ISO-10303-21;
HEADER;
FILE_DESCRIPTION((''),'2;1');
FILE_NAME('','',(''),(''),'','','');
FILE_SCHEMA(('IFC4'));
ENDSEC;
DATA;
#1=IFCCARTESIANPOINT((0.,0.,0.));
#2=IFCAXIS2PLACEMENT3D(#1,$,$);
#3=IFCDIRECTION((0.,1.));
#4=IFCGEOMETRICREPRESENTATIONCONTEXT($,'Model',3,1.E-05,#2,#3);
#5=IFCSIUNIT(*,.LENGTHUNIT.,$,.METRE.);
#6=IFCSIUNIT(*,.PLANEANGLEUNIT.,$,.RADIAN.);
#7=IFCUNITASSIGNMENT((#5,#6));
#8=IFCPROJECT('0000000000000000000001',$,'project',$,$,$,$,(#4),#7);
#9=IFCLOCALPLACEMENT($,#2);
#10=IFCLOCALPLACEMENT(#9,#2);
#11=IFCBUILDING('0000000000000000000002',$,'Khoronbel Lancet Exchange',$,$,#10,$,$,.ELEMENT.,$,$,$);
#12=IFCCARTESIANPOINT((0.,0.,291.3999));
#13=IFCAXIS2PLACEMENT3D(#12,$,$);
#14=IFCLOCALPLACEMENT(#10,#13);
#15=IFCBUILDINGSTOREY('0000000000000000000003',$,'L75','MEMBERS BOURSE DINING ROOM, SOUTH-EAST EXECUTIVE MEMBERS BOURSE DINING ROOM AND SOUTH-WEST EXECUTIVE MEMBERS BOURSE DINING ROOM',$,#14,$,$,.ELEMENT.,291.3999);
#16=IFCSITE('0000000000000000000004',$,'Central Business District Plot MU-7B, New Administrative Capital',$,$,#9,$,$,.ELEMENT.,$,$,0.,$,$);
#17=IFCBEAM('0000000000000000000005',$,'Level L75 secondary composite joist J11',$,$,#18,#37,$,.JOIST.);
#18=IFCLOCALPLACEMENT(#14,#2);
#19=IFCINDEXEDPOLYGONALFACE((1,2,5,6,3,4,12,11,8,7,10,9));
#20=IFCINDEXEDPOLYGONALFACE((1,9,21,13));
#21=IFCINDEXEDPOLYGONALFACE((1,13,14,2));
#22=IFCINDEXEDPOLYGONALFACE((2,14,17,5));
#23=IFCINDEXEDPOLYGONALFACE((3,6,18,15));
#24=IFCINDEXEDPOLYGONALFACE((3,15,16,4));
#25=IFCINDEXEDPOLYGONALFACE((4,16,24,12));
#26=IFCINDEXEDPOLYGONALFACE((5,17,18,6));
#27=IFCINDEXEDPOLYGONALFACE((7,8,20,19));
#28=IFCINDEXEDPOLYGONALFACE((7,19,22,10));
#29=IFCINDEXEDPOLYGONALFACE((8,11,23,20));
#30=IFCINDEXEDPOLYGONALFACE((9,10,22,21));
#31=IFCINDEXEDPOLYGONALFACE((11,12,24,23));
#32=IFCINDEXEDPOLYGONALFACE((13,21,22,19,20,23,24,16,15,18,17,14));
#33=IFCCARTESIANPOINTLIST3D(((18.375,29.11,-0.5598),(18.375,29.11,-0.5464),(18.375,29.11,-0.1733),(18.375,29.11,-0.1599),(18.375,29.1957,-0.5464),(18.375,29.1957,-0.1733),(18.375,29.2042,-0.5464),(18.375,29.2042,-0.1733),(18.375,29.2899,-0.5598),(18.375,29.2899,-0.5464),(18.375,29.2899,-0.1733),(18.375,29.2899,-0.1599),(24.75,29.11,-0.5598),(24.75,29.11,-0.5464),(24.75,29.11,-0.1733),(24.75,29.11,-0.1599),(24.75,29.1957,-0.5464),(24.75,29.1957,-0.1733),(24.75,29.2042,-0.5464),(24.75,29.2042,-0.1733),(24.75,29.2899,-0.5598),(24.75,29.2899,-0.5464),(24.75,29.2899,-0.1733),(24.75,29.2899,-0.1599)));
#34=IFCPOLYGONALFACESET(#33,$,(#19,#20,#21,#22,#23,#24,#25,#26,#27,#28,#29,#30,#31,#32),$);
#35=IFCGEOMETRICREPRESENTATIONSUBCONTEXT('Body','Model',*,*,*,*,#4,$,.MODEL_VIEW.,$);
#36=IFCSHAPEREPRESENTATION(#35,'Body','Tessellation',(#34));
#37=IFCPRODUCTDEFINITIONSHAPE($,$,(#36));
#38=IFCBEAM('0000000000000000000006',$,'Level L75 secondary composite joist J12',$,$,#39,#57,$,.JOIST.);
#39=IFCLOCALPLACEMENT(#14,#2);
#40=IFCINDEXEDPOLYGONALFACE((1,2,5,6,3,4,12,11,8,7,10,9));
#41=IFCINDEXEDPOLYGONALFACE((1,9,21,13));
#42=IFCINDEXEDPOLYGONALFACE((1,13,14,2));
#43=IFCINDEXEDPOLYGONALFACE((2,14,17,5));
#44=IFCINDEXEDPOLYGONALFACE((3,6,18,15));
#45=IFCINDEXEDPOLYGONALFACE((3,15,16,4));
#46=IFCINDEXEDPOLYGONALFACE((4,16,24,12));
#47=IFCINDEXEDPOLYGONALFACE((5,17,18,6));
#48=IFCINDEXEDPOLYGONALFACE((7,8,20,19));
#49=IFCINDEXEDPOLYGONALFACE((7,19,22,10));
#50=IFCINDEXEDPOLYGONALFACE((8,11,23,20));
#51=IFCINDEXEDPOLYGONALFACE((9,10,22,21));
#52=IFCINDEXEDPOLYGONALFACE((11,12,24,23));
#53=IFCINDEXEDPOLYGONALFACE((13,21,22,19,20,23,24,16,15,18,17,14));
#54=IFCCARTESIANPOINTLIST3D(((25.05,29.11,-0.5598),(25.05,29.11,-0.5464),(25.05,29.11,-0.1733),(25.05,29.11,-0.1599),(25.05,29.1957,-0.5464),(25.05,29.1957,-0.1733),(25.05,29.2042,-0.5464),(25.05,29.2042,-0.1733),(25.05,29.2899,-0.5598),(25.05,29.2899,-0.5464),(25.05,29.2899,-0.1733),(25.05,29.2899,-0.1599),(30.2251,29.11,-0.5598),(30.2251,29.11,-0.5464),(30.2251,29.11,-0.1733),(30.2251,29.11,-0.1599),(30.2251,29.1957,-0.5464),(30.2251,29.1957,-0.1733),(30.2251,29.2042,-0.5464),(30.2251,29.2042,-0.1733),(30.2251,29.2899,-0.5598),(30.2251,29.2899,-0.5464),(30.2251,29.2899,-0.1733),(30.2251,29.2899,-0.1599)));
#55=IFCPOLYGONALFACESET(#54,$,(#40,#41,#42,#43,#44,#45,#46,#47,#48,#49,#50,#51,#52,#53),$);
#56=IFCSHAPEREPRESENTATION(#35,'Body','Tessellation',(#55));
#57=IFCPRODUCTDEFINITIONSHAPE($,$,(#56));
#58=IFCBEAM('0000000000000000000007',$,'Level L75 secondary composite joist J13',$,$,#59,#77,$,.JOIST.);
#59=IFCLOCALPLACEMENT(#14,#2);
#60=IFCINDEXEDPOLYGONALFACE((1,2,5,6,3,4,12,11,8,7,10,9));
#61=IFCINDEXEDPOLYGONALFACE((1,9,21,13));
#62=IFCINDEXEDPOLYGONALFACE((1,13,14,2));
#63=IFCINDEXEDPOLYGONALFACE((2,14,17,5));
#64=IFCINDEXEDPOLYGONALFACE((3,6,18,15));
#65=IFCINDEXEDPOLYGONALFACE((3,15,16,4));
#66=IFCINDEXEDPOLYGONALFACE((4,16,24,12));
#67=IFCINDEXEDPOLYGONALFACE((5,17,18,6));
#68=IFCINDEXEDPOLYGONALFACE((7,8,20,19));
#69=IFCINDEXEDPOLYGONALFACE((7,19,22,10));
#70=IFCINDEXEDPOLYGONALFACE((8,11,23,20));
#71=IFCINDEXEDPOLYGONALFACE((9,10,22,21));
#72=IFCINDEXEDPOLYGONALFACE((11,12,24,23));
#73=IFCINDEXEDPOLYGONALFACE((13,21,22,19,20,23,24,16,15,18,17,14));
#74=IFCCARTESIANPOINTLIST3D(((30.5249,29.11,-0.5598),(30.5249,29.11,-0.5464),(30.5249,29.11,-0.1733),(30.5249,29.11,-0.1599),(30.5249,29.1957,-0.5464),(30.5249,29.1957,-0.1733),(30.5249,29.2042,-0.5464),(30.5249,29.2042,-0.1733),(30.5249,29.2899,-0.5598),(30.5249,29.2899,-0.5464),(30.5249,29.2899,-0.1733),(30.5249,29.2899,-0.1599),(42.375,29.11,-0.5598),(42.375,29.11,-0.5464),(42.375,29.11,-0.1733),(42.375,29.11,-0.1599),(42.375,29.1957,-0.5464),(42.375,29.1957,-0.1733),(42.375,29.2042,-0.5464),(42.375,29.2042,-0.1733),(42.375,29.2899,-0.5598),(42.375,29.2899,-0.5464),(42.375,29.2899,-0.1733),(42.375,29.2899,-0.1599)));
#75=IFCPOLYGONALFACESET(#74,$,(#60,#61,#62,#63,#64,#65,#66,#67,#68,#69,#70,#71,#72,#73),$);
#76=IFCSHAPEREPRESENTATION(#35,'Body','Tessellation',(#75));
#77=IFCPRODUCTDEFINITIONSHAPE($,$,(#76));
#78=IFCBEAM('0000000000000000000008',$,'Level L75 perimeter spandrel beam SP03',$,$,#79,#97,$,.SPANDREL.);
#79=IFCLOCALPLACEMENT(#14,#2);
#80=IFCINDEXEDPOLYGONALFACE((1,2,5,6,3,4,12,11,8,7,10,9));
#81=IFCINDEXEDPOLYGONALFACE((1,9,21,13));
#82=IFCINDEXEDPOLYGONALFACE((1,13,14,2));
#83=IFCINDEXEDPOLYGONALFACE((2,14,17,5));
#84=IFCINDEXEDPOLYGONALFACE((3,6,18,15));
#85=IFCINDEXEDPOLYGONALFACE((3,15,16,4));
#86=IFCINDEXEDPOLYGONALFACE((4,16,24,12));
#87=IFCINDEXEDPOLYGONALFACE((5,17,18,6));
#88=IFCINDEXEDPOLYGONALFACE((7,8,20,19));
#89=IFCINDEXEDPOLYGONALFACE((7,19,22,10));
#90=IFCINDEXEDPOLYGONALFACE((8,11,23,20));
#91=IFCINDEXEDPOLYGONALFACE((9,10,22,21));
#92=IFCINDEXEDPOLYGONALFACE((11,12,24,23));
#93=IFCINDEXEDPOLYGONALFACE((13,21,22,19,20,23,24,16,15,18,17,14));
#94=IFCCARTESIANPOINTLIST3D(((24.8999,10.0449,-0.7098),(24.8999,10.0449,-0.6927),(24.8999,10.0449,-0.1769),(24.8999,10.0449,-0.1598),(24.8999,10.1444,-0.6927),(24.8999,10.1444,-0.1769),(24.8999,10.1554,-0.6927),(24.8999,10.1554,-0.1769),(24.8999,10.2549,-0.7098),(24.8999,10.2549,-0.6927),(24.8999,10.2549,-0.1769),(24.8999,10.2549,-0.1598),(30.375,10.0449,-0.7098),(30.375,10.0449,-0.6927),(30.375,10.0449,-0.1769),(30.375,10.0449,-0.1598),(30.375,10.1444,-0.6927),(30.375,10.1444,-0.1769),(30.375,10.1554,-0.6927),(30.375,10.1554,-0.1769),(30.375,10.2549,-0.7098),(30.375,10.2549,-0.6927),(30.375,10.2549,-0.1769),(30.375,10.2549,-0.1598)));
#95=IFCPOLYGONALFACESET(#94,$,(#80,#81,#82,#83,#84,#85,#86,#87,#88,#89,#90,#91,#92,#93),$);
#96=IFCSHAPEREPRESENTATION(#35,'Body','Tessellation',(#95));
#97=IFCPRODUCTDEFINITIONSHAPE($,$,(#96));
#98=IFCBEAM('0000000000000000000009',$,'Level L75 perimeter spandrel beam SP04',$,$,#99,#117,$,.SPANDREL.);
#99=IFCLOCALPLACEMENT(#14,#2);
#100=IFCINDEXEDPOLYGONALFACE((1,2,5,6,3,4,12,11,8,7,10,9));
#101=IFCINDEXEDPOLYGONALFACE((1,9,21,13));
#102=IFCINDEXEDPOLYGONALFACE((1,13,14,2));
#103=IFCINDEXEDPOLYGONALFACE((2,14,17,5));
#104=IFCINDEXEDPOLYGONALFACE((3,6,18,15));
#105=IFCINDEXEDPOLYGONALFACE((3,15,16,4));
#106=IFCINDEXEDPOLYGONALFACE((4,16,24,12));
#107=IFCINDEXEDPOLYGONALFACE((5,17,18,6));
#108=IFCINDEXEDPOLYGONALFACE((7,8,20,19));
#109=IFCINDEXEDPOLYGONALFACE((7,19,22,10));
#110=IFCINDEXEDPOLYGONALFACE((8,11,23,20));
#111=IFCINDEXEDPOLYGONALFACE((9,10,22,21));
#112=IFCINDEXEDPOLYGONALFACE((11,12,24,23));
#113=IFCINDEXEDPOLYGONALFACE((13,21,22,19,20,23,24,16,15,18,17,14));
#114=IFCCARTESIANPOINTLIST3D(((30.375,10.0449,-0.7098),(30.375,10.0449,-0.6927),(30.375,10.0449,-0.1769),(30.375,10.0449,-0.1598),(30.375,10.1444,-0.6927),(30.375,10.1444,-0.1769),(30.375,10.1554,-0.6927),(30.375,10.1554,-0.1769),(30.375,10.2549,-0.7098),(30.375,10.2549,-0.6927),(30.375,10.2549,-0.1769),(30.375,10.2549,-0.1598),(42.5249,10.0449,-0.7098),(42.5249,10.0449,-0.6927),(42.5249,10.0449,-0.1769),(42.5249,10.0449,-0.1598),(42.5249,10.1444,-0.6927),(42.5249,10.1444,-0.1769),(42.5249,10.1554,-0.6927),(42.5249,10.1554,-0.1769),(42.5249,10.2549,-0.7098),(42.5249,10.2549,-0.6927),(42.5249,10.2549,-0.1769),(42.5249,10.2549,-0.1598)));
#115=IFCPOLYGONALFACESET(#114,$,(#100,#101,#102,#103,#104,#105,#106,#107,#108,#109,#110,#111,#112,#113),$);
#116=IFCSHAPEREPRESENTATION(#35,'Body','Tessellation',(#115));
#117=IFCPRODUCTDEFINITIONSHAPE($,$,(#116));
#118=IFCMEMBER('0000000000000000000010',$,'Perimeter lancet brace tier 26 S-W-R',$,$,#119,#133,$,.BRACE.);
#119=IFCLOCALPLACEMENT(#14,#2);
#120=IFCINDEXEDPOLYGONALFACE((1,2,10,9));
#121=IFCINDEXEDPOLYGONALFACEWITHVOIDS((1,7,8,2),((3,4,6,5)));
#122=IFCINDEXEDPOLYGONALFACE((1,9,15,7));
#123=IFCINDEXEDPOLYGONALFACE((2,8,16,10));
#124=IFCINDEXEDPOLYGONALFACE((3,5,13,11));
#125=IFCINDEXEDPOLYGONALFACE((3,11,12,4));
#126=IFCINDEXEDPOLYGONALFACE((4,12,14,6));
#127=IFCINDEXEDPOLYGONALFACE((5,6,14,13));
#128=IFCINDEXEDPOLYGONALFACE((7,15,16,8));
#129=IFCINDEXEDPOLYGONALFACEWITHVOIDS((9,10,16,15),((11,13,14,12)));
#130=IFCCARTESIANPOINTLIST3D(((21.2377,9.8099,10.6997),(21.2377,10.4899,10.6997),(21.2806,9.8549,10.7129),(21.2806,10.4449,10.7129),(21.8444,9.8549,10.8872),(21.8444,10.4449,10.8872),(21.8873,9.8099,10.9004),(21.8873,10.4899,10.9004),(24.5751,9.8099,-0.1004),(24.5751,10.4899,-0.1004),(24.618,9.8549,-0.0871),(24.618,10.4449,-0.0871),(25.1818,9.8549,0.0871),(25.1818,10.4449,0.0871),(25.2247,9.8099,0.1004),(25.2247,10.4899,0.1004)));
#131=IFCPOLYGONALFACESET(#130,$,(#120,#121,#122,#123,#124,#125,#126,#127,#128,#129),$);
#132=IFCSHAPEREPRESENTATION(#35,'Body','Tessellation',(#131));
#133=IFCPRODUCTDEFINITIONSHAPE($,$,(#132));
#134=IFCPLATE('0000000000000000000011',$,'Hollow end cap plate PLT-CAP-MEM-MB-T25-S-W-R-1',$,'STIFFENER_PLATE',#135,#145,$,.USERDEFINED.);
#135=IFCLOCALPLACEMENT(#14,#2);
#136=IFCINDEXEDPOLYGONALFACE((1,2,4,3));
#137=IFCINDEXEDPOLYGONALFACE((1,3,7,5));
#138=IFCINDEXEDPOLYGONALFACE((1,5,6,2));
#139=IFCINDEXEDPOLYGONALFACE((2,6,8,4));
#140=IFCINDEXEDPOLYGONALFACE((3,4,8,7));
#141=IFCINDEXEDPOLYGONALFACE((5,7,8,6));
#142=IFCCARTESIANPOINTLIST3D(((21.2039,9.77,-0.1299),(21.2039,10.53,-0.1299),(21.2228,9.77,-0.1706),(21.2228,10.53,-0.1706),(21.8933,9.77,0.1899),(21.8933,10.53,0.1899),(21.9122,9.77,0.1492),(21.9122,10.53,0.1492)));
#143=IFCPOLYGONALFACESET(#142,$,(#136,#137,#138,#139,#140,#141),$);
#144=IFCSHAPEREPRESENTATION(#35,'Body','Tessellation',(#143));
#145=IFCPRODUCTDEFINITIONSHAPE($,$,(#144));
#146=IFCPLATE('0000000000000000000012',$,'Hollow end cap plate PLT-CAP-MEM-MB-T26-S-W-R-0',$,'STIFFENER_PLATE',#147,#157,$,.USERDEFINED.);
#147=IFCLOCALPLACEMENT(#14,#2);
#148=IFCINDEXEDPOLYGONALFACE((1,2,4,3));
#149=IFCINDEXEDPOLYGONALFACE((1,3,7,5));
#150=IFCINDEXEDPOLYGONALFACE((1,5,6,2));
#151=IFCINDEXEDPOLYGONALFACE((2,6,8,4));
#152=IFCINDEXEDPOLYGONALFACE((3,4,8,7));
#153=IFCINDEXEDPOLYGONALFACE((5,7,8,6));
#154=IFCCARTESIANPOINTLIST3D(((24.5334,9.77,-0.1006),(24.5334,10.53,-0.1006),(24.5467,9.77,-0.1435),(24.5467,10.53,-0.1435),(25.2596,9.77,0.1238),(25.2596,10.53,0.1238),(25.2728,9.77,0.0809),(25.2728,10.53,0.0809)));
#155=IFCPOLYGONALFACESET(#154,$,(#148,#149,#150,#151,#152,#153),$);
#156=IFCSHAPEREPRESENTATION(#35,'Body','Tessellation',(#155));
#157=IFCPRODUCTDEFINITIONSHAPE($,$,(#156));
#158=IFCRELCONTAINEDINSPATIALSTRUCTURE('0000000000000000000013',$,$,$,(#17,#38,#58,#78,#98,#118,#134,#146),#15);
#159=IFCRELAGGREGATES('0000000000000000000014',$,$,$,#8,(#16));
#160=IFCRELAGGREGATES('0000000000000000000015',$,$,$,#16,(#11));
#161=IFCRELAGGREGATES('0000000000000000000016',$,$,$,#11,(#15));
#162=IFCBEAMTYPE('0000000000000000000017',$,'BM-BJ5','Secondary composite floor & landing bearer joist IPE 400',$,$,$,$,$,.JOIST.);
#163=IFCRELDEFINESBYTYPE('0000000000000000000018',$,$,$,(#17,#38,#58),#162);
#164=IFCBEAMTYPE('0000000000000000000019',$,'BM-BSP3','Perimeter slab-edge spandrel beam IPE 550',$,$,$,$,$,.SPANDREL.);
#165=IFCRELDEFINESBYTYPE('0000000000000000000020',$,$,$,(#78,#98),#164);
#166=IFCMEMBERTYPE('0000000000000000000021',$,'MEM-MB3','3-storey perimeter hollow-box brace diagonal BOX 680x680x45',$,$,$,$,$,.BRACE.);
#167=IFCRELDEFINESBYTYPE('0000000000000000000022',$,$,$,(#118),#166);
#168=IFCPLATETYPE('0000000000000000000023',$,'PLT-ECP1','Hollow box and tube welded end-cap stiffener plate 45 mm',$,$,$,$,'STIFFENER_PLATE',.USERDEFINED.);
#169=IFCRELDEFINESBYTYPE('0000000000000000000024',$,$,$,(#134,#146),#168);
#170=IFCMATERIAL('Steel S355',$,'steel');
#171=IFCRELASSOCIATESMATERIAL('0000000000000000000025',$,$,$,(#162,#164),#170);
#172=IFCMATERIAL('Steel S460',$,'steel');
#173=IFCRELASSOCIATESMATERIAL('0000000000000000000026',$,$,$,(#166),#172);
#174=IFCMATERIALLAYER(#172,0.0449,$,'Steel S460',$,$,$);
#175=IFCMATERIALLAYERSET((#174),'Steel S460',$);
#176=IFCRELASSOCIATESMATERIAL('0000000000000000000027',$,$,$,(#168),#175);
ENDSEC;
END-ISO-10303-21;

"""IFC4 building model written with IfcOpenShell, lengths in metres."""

from ifc_helpers import new_model, si_unit, direction, frame, origin, origin_2d, place, context, subcontext, project, spatial, polyline, hollow_rectangle, i_section, outline, extrude, material, layer, layer_set, material_profile, profile_set, type_object, element, save


model = new_model("IFC4")

# Units and contexts
model_context = context("Model", 3, precision=1e-05, world=origin(), true_north=direction((0.0, 1.0)))
body_context = subcontext(model_context, "Body", "Model", "MODEL_VIEW")
ifc_project = project(units=[si_unit("LENGTHUNIT", "METRE"), si_unit("PLANEANGLEUNIT", "RADIAN")], contexts=[model_context])

# Site, building, storey
site_placement = place(None, origin())
site = spatial("IfcSite", under=ifc_project, at=site_placement, Name="Central Business District Plot MU-7B, New Administrative Capital", CompositionType="ELEMENT", RefElevation=0.0)
building_placement = place(site_placement, origin())
building = spatial("IfcBuilding", under=site, at=building_placement, Name="Khoronbel Lancet Exchange", CompositionType="ELEMENT")
storey_placement = place(building_placement, frame((0.0, 0.0, 291.3999)))
storey = spatial("IfcBuildingStorey", under=building, at=storey_placement, Name="L75", Description="MEMBERS BOURSE DINING ROOM, SOUTH-EAST EXECUTIVE MEMBERS BOURSE DINING ROOM AND SOUTH-WEST EXECUTIVE MEMBERS BOURSE DINING ROOM", CompositionType="ELEMENT", Elevation=291.3999)

# Shared definitions
ifc_material_1 = material(Name="Steel S460", Category="steel")

# Beams
ifc_material_2 = material(Name="Steel S355", Category="steel")
ifc_material_profile_1 = material_profile(ifc_material_2, i_section(OverallWidth=0.1799, OverallDepth=0.3999, WebThickness=0.0085, FlangeThickness=0.0134, at=origin_2d()), Name="IPE 400")
ifc_profile_set_1 = profile_set([ifc_material_profile_1], Name="Steel S355")
beam_type_1 = type_object("IfcBeamType", Name="BM-BJ5", Description="Secondary composite floor & landing bearer joist IPE 400", PredefinedType="JOIST", material=ifc_profile_set_1)
beam_1_placement = place(storey_placement, frame((18.375, 29.2, -0.3599), z_axis=(1.0, 0.0, 0.0), x_axis=(0.0, 1.0, 0.0)))
element("IfcBeam", 1, at=beam_1_placement, inside=storey, type_object=beam_type_1, Name="Level L75 secondary composite joist J11", PredefinedType="JOIST", context=body_context, shape_type="SweptSolid", body=[
    extrude(i_section(OverallWidth=0.1799, OverallDepth=0.3999, WebThickness=0.0085, FlangeThickness=0.0134, at=origin_2d()), origin(), (0.0, 0.0, 1.0), 6.375),
])
beam_2_placement = place(storey_placement, frame((25.05, 29.2, -0.3599), z_axis=(1.0, 0.0, 0.0), x_axis=(0.0, 1.0, 0.0)))
element("IfcBeam", 2, at=beam_2_placement, inside=storey, type_object=beam_type_1, Name="Level L75 secondary composite joist J12", PredefinedType="JOIST", context=body_context, shape_type="SweptSolid", body=[
    extrude(i_section(OverallWidth=0.1799, OverallDepth=0.3999, WebThickness=0.0085, FlangeThickness=0.0134, at=origin_2d()), origin(), (0.0, 0.0, 1.0), 5.175),
])
beam_3_placement = place(storey_placement, frame((30.5249, 29.2, -0.3599), z_axis=(1.0, 0.0, 0.0), x_axis=(0.0, 1.0, 0.0)))
element("IfcBeam", 3, at=beam_3_placement, inside=storey, type_object=beam_type_1, Name="Level L75 secondary composite joist J13", PredefinedType="JOIST", context=body_context, shape_type="SweptSolid", body=[
    extrude(i_section(OverallWidth=0.1799, OverallDepth=0.3999, WebThickness=0.0085, FlangeThickness=0.0134, at=origin_2d()), origin(), (0.0, 0.0, 1.0), 11.8501),
])
ifc_material_profile_2 = material_profile(ifc_material_2, i_section(OverallWidth=0.21, OverallDepth=0.55, WebThickness=0.011, FlangeThickness=0.0171, at=origin_2d()), Name="IPE 550")
ifc_profile_set_2 = profile_set([ifc_material_profile_2], Name="Steel S355")
beam_type_2 = type_object("IfcBeamType", Name="BM-BSP3", Description="Perimeter slab-edge spandrel beam IPE 550", PredefinedType="SPANDREL", material=ifc_profile_set_2)
beam_4_placement = place(storey_placement, frame((24.8999, 10.1499, -0.4348), z_axis=(1.0, 0.0, 0.0), x_axis=(0.0, 1.0, 0.0)))
element("IfcBeam", 4, at=beam_4_placement, inside=storey, type_object=beam_type_2, Name="Level L75 perimeter spandrel beam SP03", PredefinedType="SPANDREL", context=body_context, shape_type="SweptSolid", body=[
    extrude(i_section(OverallWidth=0.21, OverallDepth=0.55, WebThickness=0.011, FlangeThickness=0.0171, at=origin_2d()), origin(), (0.0, 0.0, 1.0), 5.4751),
])
beam_5_placement = place(storey_placement, frame((30.375, 10.1499, -0.4348), z_axis=(1.0, 0.0, 0.0), x_axis=(0.0, 1.0, 0.0)))
element("IfcBeam", 5, at=beam_5_placement, inside=storey, type_object=beam_type_2, Name="Level L75 perimeter spandrel beam SP04", PredefinedType="SPANDREL", context=body_context, shape_type="SweptSolid", body=[
    extrude(i_section(OverallWidth=0.21, OverallDepth=0.55, WebThickness=0.011, FlangeThickness=0.0171, at=origin_2d()), origin(), (0.0, 0.0, 1.0), 12.1499),
])

# Member
ifc_material_profile_3 = material_profile(ifc_material_1, hollow_rectangle(XDim=0.6799, YDim=0.6799, WallThickness=0.0449, at=origin_2d()), Name="BOX 680x680x45")
ifc_profile_set_3 = profile_set([ifc_material_profile_3], Name="Steel S460")
member_type = type_object("IfcMemberType", Name="MEM-MB3", Description="3-storey perimeter hollow-box brace diagonal BOX 680x680x45", PredefinedType="BRACE", material=ifc_profile_set_3)
member_placement = place(storey_placement, frame((24.8999, 10.1499, 0.0), z_axis=(-0.295242, 0.0, 0.955422), x_axis=(0.0, -1.0, 0.0)))
element("IfcMember", 6, at=member_placement, inside=storey, type_object=member_type, Name="Perimeter lancet brace tier 26 S-W-R", PredefinedType="BRACE", context=body_context, shape_type="SweptSolid", body=[
    extrude(hollow_rectangle(XDim=0.6799, YDim=0.6799, WallThickness=0.0449, at=origin_2d()), origin(), (0.0, 0.0, 1.0), 11.304),
])

# Plates
ifc_layer_1 = layer(ifc_material_1, 0.0449, Name="Steel S460")
ifc_layer_set_1 = layer_set([ifc_layer_1], Name="Steel S460")
plate_type = type_object("IfcPlateType", Name="PLT-ECP1", Description="Hollow box and tube welded end-cap stiffener plate 45 mm", ElementType="STIFFENER_PLATE", PredefinedType="USERDEFINED", material=ifc_layer_set_1)
for number, where, z_axis, x_axis, name in (
    (7, (21.2039, 10.53, -0.1299), (-0.420809, 0.0, 0.907149), (0.0, -1.0, 0.0), "Hollow end cap plate PLT-CAP-MEM-MB-T25-S-W-R-1"),
    (8, (24.5334, 10.53, -0.1006), (-0.295237, 0.0, 0.955424), (0.0, -1.0, 0.0), "Hollow end cap plate PLT-CAP-MEM-MB-T26-S-W-R-0"),
):
    element("IfcPlate", number, at=place(storey_placement, frame(where, z_axis=z_axis, x_axis=x_axis)), inside=storey, type_object=plate_type, Name=name, ObjectType="STIFFENER_PLATE", PredefinedType="USERDEFINED", context=body_context, shape_type="SweptSolid", body=[
        extrude(outline(polyline([(0.0, 0.0), (0.76, 0.0), (0.76, 0.76), (0.0, 0.76), (0.0, 0.0)])), origin(), (0.0, 0.0, -1.0), 0.0449),
    ])

save(model, "model.ifc")
